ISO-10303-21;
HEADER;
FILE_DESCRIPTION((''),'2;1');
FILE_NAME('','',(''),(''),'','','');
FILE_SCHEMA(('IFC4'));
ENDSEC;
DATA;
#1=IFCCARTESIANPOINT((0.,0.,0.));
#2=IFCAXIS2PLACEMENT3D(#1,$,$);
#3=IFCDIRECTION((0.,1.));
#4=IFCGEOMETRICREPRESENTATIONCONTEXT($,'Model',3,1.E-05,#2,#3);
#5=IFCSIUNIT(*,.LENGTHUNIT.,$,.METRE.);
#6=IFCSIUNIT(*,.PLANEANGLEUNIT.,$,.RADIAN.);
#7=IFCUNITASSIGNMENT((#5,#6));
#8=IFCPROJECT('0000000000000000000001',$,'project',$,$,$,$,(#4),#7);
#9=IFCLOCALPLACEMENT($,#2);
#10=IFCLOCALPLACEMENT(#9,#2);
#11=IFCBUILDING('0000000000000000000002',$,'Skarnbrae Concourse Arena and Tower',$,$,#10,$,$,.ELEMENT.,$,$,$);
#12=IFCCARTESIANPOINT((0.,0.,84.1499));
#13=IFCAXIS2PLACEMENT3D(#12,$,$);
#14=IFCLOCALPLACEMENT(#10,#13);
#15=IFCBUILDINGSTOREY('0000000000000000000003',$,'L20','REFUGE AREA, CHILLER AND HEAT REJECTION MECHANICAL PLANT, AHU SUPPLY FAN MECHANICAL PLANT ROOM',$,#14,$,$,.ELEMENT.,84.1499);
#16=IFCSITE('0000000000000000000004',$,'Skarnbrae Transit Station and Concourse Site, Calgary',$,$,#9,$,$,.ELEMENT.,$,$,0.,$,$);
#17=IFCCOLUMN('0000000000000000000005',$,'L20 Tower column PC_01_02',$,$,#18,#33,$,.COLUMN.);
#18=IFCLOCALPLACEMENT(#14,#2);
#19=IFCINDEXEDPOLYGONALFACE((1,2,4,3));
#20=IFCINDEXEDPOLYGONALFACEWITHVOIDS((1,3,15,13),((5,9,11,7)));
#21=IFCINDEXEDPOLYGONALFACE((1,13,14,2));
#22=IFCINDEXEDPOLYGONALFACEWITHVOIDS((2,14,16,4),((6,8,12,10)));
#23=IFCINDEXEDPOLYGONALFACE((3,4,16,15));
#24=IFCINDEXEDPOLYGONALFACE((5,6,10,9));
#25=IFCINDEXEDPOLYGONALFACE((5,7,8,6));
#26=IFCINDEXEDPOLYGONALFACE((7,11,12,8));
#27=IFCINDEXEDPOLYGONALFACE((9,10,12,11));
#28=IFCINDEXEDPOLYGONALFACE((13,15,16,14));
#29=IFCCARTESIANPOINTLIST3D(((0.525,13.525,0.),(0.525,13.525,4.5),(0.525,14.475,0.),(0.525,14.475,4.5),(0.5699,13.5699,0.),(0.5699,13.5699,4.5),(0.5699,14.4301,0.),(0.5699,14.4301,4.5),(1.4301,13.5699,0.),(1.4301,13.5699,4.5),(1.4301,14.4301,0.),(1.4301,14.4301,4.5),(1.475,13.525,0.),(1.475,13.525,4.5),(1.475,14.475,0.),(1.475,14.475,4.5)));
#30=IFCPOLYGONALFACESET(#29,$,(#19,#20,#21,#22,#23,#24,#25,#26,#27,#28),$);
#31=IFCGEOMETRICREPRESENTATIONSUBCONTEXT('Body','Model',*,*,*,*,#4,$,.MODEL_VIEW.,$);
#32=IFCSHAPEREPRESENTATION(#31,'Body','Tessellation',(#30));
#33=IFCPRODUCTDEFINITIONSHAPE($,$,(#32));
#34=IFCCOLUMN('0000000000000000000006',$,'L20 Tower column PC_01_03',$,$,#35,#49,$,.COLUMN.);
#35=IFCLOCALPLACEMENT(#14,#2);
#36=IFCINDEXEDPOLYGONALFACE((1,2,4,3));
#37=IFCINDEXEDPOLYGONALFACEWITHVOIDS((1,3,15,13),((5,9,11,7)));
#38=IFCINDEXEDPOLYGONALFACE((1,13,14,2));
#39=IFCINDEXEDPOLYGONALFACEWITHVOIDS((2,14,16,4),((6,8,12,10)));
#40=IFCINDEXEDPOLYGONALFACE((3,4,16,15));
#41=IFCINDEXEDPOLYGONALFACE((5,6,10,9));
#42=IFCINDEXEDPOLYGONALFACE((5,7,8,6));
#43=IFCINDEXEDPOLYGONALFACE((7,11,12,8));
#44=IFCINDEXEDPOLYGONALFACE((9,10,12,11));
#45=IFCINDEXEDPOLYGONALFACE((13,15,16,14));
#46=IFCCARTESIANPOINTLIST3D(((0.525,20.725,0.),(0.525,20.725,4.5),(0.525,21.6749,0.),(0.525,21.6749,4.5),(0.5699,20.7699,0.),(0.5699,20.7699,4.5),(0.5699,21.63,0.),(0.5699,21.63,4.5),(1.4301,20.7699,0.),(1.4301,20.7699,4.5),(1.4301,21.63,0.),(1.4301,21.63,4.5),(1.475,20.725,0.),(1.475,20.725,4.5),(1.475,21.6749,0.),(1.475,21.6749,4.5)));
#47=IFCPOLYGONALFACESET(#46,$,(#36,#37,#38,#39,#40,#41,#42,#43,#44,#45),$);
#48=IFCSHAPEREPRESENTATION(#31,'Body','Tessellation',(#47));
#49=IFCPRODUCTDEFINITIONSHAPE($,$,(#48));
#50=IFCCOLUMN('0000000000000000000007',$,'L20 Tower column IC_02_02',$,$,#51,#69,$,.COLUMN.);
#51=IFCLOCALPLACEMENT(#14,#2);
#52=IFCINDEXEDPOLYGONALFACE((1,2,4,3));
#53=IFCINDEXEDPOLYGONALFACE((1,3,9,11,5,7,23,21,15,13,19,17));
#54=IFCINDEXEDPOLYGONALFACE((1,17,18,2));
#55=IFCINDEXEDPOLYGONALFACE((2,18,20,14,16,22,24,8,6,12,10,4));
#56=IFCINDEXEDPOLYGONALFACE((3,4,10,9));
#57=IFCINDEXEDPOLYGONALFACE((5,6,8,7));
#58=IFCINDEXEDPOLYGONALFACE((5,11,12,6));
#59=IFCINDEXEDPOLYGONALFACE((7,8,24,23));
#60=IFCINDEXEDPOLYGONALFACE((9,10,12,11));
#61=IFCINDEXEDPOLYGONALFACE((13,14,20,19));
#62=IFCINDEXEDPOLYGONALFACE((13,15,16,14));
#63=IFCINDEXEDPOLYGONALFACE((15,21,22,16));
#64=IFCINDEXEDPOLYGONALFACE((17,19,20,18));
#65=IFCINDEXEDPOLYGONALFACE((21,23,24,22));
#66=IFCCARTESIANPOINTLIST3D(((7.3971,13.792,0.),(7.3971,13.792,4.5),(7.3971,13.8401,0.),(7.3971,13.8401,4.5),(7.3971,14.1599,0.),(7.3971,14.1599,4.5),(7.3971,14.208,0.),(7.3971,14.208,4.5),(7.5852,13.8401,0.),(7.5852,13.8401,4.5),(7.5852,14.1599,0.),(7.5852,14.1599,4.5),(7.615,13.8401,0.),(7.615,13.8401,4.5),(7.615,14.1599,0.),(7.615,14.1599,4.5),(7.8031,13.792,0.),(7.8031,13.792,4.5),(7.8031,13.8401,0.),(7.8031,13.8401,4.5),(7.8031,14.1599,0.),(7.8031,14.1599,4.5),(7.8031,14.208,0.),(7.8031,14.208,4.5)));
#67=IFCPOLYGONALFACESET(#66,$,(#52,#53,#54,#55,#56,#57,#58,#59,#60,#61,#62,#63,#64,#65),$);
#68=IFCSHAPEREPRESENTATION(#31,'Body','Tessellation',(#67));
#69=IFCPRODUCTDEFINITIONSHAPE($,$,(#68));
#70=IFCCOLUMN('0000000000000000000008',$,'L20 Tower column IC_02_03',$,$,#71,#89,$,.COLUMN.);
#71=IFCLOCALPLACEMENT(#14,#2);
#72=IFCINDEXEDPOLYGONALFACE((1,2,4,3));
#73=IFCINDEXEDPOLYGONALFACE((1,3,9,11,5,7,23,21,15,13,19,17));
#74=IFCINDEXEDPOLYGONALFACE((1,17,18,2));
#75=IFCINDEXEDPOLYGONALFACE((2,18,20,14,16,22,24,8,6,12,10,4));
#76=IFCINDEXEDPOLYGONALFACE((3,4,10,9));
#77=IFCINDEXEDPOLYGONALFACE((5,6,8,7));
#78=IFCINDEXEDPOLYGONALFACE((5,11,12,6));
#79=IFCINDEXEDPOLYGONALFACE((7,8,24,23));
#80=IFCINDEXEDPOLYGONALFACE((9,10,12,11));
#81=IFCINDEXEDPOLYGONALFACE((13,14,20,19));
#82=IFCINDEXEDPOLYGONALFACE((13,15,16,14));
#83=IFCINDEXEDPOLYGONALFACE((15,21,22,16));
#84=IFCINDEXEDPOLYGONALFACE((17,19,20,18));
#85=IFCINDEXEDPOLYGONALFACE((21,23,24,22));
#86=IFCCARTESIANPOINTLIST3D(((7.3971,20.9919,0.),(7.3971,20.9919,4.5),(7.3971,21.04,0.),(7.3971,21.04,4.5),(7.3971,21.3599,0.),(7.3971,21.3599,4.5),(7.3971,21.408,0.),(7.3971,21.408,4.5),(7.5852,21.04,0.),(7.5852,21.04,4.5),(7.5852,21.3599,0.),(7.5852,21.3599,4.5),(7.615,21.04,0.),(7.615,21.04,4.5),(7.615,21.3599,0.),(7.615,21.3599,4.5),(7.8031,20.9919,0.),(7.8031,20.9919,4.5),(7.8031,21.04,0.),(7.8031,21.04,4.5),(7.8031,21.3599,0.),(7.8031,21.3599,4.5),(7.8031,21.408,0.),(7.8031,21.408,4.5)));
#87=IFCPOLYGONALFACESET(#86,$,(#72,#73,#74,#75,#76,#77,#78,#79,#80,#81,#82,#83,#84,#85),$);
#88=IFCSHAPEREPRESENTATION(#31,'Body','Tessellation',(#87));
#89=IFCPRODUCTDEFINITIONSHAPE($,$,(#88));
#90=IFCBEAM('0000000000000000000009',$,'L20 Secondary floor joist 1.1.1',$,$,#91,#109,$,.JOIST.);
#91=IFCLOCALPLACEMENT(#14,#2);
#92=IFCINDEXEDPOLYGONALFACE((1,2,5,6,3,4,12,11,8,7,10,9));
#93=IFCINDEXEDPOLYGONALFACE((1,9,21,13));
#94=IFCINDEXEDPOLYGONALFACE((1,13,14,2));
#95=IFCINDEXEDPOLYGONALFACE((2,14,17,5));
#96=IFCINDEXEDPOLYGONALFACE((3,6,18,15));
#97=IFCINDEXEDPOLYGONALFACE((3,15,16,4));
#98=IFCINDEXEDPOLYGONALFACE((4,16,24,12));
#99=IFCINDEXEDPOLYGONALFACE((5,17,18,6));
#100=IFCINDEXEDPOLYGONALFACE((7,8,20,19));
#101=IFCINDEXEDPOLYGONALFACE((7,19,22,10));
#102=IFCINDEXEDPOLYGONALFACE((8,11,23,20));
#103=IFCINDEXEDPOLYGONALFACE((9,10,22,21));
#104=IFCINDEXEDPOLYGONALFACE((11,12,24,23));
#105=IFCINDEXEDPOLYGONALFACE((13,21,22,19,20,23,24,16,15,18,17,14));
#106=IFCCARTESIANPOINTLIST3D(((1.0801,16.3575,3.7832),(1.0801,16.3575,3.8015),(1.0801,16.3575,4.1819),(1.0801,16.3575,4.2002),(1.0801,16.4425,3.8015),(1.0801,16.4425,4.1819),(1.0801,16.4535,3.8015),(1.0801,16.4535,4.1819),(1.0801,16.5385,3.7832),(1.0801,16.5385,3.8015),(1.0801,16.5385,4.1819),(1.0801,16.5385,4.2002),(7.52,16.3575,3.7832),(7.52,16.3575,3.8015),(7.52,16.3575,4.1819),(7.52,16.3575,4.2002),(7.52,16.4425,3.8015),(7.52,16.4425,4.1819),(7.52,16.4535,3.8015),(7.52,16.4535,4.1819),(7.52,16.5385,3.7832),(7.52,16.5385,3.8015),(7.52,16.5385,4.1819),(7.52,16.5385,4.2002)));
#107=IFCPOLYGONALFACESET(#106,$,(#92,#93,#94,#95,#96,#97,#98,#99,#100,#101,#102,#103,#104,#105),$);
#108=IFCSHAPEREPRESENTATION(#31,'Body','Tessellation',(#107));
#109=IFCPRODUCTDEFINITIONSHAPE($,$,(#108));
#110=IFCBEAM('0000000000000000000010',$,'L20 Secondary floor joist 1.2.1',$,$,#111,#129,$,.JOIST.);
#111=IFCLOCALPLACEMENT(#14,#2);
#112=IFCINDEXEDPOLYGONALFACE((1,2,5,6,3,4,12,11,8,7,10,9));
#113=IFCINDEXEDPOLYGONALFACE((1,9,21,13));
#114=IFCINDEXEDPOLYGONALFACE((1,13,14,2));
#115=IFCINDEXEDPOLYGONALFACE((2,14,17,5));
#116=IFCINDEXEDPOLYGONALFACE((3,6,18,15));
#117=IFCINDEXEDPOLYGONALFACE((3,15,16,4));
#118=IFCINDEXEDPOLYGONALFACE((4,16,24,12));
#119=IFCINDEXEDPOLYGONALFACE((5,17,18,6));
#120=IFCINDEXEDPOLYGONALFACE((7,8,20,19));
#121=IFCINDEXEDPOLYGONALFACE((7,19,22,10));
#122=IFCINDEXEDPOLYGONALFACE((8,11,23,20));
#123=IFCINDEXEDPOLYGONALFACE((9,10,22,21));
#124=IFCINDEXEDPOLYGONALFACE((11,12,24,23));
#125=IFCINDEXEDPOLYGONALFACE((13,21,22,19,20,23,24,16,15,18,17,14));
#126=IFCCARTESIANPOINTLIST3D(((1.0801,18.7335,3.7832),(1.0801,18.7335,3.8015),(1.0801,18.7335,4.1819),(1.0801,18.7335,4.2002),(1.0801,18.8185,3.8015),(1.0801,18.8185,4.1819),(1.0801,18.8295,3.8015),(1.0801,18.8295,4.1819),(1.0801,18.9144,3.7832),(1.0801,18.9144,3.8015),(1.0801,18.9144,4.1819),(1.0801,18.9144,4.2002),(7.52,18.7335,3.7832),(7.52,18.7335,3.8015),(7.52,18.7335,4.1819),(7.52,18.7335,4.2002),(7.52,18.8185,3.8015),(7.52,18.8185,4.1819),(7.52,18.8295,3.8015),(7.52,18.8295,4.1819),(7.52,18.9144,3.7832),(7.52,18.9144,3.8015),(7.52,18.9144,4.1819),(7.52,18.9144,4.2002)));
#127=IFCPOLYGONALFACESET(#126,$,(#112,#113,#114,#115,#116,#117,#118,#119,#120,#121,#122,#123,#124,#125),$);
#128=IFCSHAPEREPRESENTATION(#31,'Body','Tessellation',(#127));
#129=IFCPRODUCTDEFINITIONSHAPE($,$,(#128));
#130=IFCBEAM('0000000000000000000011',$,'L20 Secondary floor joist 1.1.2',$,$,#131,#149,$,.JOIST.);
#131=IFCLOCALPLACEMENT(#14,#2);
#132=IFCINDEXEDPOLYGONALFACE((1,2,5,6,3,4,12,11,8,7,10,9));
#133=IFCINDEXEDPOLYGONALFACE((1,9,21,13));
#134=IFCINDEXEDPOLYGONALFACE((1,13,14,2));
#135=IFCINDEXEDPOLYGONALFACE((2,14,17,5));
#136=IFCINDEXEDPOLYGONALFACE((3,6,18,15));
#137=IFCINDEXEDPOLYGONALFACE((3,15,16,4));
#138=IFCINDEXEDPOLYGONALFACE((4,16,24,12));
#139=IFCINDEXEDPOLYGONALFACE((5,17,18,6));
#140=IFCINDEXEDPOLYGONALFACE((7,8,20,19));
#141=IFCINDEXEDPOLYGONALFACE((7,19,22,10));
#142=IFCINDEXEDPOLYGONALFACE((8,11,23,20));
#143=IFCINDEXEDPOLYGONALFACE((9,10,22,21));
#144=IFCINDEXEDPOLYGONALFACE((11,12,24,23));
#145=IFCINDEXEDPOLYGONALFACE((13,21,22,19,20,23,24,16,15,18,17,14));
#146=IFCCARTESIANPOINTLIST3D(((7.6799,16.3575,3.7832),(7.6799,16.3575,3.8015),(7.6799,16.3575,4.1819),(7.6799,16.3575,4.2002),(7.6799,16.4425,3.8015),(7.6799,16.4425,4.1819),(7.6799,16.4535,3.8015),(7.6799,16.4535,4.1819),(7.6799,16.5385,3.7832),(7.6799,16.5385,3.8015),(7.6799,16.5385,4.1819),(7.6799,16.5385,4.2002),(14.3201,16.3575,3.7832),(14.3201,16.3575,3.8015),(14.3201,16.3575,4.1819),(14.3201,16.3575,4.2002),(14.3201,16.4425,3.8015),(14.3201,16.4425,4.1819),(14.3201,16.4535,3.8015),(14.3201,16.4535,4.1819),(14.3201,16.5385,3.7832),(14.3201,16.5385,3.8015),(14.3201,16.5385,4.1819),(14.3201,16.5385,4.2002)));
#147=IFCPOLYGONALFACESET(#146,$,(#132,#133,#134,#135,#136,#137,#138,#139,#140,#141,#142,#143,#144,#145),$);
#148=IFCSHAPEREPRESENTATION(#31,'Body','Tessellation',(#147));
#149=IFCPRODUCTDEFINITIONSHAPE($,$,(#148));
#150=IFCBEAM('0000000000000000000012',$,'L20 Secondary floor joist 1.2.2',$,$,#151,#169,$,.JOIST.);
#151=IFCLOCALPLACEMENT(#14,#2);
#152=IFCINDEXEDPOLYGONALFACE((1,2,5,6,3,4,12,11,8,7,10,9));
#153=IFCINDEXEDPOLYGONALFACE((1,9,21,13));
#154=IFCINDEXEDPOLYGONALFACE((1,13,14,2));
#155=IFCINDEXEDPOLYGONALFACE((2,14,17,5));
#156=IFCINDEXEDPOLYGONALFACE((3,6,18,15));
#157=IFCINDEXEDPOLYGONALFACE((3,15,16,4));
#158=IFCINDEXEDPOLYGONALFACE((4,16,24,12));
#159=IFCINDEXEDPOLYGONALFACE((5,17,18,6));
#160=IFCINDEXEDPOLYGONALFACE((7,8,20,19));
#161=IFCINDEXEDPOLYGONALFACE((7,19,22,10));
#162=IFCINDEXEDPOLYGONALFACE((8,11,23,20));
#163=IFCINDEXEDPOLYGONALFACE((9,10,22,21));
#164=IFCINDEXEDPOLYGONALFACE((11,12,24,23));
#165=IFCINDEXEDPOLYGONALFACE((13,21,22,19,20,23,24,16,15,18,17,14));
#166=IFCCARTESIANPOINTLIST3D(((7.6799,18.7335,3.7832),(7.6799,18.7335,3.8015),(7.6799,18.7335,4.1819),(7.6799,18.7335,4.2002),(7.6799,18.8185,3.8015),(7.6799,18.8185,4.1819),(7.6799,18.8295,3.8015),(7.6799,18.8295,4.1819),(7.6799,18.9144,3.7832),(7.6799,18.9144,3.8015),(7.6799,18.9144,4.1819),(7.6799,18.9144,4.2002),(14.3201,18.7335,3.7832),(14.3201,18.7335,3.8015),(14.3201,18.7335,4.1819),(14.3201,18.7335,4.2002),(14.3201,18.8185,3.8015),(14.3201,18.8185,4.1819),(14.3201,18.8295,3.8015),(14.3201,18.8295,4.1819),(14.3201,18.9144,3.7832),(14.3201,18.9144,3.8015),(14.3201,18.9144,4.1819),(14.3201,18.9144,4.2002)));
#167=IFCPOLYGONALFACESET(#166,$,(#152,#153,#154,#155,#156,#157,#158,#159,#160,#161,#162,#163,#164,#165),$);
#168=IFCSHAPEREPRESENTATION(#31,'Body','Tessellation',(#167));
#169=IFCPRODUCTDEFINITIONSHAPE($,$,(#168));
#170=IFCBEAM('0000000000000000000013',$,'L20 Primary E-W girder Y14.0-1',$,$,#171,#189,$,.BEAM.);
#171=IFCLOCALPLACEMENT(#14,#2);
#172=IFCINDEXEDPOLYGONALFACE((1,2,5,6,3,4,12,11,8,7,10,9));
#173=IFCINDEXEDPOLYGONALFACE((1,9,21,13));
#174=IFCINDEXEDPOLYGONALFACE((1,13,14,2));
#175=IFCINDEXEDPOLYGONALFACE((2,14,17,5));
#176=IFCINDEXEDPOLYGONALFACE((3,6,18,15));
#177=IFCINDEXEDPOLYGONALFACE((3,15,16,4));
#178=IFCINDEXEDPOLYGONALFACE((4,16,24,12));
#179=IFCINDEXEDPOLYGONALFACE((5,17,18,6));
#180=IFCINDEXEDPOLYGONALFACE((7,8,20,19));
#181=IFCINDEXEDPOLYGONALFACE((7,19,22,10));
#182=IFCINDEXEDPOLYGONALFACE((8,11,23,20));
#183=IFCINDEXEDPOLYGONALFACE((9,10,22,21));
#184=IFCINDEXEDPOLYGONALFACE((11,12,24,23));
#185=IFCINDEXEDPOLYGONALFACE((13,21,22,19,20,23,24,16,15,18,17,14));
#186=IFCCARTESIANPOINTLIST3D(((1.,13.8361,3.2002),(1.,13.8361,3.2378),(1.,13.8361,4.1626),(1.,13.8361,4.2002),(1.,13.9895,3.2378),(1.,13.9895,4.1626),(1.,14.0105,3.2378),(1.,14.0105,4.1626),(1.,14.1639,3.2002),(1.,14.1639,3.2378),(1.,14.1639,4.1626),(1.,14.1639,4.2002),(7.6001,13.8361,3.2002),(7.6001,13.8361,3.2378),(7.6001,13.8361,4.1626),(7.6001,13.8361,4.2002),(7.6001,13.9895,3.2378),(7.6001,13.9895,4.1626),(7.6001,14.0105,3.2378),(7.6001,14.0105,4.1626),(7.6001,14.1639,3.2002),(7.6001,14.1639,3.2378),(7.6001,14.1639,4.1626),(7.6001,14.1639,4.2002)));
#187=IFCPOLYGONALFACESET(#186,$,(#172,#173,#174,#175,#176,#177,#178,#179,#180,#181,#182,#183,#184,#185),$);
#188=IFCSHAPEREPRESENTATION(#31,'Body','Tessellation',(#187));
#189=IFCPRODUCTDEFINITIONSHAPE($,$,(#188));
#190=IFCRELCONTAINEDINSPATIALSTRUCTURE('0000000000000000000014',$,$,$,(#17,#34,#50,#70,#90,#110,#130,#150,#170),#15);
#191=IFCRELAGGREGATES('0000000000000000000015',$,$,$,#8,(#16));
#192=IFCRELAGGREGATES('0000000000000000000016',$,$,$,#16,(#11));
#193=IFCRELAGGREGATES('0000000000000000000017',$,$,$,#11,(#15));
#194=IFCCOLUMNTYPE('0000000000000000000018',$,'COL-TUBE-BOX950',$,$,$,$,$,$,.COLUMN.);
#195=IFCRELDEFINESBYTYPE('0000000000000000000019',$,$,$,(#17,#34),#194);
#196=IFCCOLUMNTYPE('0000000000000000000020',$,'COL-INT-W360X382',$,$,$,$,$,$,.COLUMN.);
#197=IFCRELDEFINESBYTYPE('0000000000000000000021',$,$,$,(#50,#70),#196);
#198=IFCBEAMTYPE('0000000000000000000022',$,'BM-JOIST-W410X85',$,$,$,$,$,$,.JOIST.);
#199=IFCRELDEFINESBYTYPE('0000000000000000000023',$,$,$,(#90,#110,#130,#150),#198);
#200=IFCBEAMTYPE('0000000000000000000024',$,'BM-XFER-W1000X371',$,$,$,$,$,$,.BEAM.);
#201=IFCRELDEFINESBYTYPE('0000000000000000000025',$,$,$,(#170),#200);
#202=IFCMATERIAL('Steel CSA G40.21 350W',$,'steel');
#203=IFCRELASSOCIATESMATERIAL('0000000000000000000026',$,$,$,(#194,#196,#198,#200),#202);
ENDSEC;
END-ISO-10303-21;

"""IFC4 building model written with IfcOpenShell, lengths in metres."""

from ifc_helpers import new_model, si_unit, direction, frame, origin, origin_2d, place, context, subcontext, project, spatial, hollow_rectangle, i_section, extrude, source, transform, mapped, material, material_profile, profile_set, type_object, element, save


model = new_model("IFC4")

# Units and contexts
model_context = context("Model", 3, precision=1e-05, world=origin(), true_north=direction((0.0, 1.0)))
body_context = subcontext(model_context, "Body", "Model", "MODEL_VIEW")
ifc_project = project(units=[si_unit("LENGTHUNIT", "METRE"), si_unit("PLANEANGLEUNIT", "RADIAN")], contexts=[model_context])

# Site, building, storey
site_placement = place(None, origin())
site = spatial("IfcSite", under=ifc_project, at=site_placement, Name="Skarnbrae Transit Station and Concourse Site, Calgary", CompositionType="ELEMENT", RefElevation=0.0)
building_placement = place(site_placement, origin())
building = spatial("IfcBuilding", under=site, at=building_placement, Name="Skarnbrae Concourse Arena and Tower", CompositionType="ELEMENT")
storey_placement = place(building_placement, frame((0.0, 0.0, 84.1499)))
storey = spatial("IfcBuildingStorey", under=building, at=storey_placement, Name="L20", Description="REFUGE AREA, CHILLER AND HEAT REJECTION MECHANICAL PLANT, AHU SUPPLY FAN MECHANICAL PLANT ROOM", CompositionType="ELEMENT", Elevation=84.1499)

# Columns
ifc_material_1 = material(Name="Steel CSA G40.21 350W", Category="steel")
ifc_material_profile_1 = material_profile(ifc_material_1, hollow_rectangle(XDim=0.95, YDim=0.95, WallThickness=0.0449, at=origin_2d()), Name="BOX950X950X45")
ifc_profile_set_1 = profile_set([ifc_material_profile_1], Name="Steel CSA G40.21 350W")
column_type_1 = type_object("IfcColumnType", Name="COL-TUBE-BOX950", PredefinedType="COLUMN", material=ifc_profile_set_1)
shared_shape_1 = source(origin(), body_context, "Body", "SweptSolid", [
    extrude(hollow_rectangle(XDim=0.95, YDim=0.95, WallThickness=0.0449, at=origin_2d()), origin(), (0.0, 0.0, 1.0), 4.5),
])
for number, where, z_axis, x_axis, name in (
    (1, (1.0, 14.0, 0.0), (0.0, 0.0, 1.0), (1.0, 0.0, 0.0), "L20 Tower column PC_01_02"),
    (2, (1.0, 21.2, 0.0), (0.0, 0.0, 1.0), (1.0, 0.0, 0.0), "L20 Tower column PC_01_03"),
):
    element("IfcColumn", number, at=place(storey_placement, frame(where, z_axis=z_axis, x_axis=x_axis)), inside=storey, type_object=column_type_1, Name=name, PredefinedType="COLUMN", context=body_context, shape_type="MappedRepresentation", body=[
        mapped(shared_shape_1, transform((0.0, 0.0, 0.0))),
    ])
ifc_material_profile_2 = material_profile(ifc_material_1, i_section(OverallWidth=0.406, OverallDepth=0.416, WebThickness=0.0298, FlangeThickness=0.0481, at=origin_2d()), Name="W360X382")
ifc_profile_set_2 = profile_set([ifc_material_profile_2], Name="Steel CSA G40.21 350W")
column_type_2 = type_object("IfcColumnType", Name="COL-INT-W360X382", PredefinedType="COLUMN", material=ifc_profile_set_2)
shared_shape_2 = source(origin(), body_context, "Body", "SweptSolid", [
    extrude(i_section(OverallWidth=0.406, OverallDepth=0.416, WebThickness=0.0298, FlangeThickness=0.0481, at=origin_2d()), origin(), (0.0, 0.0, 1.0), 4.5),
])
for number, where, z_axis, x_axis, name in (
    (3, (7.6001, 14.0, 0.0), (0.0, 0.0, 1.0), (1.0, 0.0, 0.0), "L20 Tower column IC_02_02"),
    (4, (7.6001, 21.2, 0.0), (0.0, 0.0, 1.0), (1.0, 0.0, 0.0), "L20 Tower column IC_02_03"),
):
    element("IfcColumn", number, at=place(storey_placement, frame(where, z_axis=z_axis, x_axis=x_axis)), inside=storey, type_object=column_type_2, Name=name, PredefinedType="COLUMN", context=body_context, shape_type="MappedRepresentation", body=[
        mapped(shared_shape_2, transform((0.0, 0.0, 0.0))),
    ])

# Beams
ifc_material_profile_3 = material_profile(ifc_material_1, i_section(OverallWidth=0.1809, OverallDepth=0.417, WebThickness=0.011, FlangeThickness=0.0183, at=origin_2d()), Name="W410X85")
ifc_profile_set_3 = profile_set([ifc_material_profile_3], Name="Steel CSA G40.21 350W")
beam_type_1 = type_object("IfcBeamType", Name="BM-JOIST-W410X85", PredefinedType="JOIST", material=ifc_profile_set_3)
shared_shape_3 = source(origin(), body_context, "Body", "SweptSolid", [
    extrude(i_section(OverallWidth=0.1809, OverallDepth=0.417, WebThickness=0.011, FlangeThickness=0.0183, at=origin_2d()), origin(), (0.0, 0.0, 1.0), 6.4399),
])
for number, where, z_axis, x_axis, name in (
    (5, (1.0801, 16.448, 3.9917), (1.0, 0.0, 0.0), (0.0, 1.0, 0.0), "L20 Secondary floor joist 1.1.1"),
    (6, (1.0801, 18.824, 3.9917), (1.0, 0.0, 0.0), (0.0, 1.0, 0.0), "L20 Secondary floor joist 1.2.1"),
):
    element("IfcBeam", number, at=place(storey_placement, frame(where, z_axis=z_axis, x_axis=x_axis)), inside=storey, type_object=beam_type_1, Name=name, PredefinedType="JOIST", context=body_context, shape_type="MappedRepresentation", body=[
        mapped(shared_shape_3, transform((0.0, 0.0, 0.0))),
    ])
shared_shape_4 = source(origin(), body_context, "Body", "SweptSolid", [
    extrude(i_section(OverallWidth=0.1809, OverallDepth=0.417, WebThickness=0.011, FlangeThickness=0.0183, at=origin_2d()), origin(), (0.0, 0.0, 1.0), 6.6401),
])
for number, where, z_axis, x_axis, name in (
    (7, (7.6799, 16.448, 3.9917), (1.0, 0.0, 0.0), (0.0, 1.0, 0.0), "L20 Secondary floor joist 1.1.2"),
    (8, (7.6799, 18.824, 3.9917), (1.0, 0.0, 0.0), (0.0, 1.0, 0.0), "L20 Secondary floor joist 1.2.2"),
):
    element("IfcBeam", number, at=place(storey_placement, frame(where, z_axis=z_axis, x_axis=x_axis)), inside=storey, type_object=beam_type_1, Name=name, PredefinedType="JOIST", context=body_context, shape_type="MappedRepresentation", body=[
        mapped(shared_shape_4, transform((0.0, 0.0, 0.0))),
    ])
ifc_material_profile_4 = material_profile(ifc_material_1, i_section(OverallWidth=0.3279, OverallDepth=1.0, WebThickness=0.021, FlangeThickness=0.0376, at=origin_2d()), Name="W1000X371")
ifc_profile_set_4 = profile_set([ifc_material_profile_4], Name="Steel CSA G40.21 350W")
beam_type_2 = type_object("IfcBeamType", Name="BM-XFER-W1000X371", PredefinedType="BEAM", material=ifc_profile_set_4)
shared_shape_5 = source(origin(), body_context, "Body", "SweptSolid", [
    extrude(i_section(OverallWidth=0.3279, OverallDepth=1.0, WebThickness=0.021, FlangeThickness=0.0376, at=origin_2d()), origin(), (0.0, 0.0, 1.0), 6.6001),
])
for number, where, z_axis, x_axis, name in (
    (9, (1.0, 14.0, 3.7002), (1.0, 0.0, 0.0), (0.0, 1.0, 0.0), "L20 Primary E-W girder Y14.0-1"),
):
    element("IfcBeam", number, at=place(storey_placement, frame(where, z_axis=z_axis, x_axis=x_axis)), inside=storey, type_object=beam_type_2, Name=name, PredefinedType="BEAM", context=body_context, shape_type="MappedRepresentation", body=[
        mapped(shared_shape_5, transform((0.0, 0.0, 0.0))),
    ])

save(model, "model.ifc")
